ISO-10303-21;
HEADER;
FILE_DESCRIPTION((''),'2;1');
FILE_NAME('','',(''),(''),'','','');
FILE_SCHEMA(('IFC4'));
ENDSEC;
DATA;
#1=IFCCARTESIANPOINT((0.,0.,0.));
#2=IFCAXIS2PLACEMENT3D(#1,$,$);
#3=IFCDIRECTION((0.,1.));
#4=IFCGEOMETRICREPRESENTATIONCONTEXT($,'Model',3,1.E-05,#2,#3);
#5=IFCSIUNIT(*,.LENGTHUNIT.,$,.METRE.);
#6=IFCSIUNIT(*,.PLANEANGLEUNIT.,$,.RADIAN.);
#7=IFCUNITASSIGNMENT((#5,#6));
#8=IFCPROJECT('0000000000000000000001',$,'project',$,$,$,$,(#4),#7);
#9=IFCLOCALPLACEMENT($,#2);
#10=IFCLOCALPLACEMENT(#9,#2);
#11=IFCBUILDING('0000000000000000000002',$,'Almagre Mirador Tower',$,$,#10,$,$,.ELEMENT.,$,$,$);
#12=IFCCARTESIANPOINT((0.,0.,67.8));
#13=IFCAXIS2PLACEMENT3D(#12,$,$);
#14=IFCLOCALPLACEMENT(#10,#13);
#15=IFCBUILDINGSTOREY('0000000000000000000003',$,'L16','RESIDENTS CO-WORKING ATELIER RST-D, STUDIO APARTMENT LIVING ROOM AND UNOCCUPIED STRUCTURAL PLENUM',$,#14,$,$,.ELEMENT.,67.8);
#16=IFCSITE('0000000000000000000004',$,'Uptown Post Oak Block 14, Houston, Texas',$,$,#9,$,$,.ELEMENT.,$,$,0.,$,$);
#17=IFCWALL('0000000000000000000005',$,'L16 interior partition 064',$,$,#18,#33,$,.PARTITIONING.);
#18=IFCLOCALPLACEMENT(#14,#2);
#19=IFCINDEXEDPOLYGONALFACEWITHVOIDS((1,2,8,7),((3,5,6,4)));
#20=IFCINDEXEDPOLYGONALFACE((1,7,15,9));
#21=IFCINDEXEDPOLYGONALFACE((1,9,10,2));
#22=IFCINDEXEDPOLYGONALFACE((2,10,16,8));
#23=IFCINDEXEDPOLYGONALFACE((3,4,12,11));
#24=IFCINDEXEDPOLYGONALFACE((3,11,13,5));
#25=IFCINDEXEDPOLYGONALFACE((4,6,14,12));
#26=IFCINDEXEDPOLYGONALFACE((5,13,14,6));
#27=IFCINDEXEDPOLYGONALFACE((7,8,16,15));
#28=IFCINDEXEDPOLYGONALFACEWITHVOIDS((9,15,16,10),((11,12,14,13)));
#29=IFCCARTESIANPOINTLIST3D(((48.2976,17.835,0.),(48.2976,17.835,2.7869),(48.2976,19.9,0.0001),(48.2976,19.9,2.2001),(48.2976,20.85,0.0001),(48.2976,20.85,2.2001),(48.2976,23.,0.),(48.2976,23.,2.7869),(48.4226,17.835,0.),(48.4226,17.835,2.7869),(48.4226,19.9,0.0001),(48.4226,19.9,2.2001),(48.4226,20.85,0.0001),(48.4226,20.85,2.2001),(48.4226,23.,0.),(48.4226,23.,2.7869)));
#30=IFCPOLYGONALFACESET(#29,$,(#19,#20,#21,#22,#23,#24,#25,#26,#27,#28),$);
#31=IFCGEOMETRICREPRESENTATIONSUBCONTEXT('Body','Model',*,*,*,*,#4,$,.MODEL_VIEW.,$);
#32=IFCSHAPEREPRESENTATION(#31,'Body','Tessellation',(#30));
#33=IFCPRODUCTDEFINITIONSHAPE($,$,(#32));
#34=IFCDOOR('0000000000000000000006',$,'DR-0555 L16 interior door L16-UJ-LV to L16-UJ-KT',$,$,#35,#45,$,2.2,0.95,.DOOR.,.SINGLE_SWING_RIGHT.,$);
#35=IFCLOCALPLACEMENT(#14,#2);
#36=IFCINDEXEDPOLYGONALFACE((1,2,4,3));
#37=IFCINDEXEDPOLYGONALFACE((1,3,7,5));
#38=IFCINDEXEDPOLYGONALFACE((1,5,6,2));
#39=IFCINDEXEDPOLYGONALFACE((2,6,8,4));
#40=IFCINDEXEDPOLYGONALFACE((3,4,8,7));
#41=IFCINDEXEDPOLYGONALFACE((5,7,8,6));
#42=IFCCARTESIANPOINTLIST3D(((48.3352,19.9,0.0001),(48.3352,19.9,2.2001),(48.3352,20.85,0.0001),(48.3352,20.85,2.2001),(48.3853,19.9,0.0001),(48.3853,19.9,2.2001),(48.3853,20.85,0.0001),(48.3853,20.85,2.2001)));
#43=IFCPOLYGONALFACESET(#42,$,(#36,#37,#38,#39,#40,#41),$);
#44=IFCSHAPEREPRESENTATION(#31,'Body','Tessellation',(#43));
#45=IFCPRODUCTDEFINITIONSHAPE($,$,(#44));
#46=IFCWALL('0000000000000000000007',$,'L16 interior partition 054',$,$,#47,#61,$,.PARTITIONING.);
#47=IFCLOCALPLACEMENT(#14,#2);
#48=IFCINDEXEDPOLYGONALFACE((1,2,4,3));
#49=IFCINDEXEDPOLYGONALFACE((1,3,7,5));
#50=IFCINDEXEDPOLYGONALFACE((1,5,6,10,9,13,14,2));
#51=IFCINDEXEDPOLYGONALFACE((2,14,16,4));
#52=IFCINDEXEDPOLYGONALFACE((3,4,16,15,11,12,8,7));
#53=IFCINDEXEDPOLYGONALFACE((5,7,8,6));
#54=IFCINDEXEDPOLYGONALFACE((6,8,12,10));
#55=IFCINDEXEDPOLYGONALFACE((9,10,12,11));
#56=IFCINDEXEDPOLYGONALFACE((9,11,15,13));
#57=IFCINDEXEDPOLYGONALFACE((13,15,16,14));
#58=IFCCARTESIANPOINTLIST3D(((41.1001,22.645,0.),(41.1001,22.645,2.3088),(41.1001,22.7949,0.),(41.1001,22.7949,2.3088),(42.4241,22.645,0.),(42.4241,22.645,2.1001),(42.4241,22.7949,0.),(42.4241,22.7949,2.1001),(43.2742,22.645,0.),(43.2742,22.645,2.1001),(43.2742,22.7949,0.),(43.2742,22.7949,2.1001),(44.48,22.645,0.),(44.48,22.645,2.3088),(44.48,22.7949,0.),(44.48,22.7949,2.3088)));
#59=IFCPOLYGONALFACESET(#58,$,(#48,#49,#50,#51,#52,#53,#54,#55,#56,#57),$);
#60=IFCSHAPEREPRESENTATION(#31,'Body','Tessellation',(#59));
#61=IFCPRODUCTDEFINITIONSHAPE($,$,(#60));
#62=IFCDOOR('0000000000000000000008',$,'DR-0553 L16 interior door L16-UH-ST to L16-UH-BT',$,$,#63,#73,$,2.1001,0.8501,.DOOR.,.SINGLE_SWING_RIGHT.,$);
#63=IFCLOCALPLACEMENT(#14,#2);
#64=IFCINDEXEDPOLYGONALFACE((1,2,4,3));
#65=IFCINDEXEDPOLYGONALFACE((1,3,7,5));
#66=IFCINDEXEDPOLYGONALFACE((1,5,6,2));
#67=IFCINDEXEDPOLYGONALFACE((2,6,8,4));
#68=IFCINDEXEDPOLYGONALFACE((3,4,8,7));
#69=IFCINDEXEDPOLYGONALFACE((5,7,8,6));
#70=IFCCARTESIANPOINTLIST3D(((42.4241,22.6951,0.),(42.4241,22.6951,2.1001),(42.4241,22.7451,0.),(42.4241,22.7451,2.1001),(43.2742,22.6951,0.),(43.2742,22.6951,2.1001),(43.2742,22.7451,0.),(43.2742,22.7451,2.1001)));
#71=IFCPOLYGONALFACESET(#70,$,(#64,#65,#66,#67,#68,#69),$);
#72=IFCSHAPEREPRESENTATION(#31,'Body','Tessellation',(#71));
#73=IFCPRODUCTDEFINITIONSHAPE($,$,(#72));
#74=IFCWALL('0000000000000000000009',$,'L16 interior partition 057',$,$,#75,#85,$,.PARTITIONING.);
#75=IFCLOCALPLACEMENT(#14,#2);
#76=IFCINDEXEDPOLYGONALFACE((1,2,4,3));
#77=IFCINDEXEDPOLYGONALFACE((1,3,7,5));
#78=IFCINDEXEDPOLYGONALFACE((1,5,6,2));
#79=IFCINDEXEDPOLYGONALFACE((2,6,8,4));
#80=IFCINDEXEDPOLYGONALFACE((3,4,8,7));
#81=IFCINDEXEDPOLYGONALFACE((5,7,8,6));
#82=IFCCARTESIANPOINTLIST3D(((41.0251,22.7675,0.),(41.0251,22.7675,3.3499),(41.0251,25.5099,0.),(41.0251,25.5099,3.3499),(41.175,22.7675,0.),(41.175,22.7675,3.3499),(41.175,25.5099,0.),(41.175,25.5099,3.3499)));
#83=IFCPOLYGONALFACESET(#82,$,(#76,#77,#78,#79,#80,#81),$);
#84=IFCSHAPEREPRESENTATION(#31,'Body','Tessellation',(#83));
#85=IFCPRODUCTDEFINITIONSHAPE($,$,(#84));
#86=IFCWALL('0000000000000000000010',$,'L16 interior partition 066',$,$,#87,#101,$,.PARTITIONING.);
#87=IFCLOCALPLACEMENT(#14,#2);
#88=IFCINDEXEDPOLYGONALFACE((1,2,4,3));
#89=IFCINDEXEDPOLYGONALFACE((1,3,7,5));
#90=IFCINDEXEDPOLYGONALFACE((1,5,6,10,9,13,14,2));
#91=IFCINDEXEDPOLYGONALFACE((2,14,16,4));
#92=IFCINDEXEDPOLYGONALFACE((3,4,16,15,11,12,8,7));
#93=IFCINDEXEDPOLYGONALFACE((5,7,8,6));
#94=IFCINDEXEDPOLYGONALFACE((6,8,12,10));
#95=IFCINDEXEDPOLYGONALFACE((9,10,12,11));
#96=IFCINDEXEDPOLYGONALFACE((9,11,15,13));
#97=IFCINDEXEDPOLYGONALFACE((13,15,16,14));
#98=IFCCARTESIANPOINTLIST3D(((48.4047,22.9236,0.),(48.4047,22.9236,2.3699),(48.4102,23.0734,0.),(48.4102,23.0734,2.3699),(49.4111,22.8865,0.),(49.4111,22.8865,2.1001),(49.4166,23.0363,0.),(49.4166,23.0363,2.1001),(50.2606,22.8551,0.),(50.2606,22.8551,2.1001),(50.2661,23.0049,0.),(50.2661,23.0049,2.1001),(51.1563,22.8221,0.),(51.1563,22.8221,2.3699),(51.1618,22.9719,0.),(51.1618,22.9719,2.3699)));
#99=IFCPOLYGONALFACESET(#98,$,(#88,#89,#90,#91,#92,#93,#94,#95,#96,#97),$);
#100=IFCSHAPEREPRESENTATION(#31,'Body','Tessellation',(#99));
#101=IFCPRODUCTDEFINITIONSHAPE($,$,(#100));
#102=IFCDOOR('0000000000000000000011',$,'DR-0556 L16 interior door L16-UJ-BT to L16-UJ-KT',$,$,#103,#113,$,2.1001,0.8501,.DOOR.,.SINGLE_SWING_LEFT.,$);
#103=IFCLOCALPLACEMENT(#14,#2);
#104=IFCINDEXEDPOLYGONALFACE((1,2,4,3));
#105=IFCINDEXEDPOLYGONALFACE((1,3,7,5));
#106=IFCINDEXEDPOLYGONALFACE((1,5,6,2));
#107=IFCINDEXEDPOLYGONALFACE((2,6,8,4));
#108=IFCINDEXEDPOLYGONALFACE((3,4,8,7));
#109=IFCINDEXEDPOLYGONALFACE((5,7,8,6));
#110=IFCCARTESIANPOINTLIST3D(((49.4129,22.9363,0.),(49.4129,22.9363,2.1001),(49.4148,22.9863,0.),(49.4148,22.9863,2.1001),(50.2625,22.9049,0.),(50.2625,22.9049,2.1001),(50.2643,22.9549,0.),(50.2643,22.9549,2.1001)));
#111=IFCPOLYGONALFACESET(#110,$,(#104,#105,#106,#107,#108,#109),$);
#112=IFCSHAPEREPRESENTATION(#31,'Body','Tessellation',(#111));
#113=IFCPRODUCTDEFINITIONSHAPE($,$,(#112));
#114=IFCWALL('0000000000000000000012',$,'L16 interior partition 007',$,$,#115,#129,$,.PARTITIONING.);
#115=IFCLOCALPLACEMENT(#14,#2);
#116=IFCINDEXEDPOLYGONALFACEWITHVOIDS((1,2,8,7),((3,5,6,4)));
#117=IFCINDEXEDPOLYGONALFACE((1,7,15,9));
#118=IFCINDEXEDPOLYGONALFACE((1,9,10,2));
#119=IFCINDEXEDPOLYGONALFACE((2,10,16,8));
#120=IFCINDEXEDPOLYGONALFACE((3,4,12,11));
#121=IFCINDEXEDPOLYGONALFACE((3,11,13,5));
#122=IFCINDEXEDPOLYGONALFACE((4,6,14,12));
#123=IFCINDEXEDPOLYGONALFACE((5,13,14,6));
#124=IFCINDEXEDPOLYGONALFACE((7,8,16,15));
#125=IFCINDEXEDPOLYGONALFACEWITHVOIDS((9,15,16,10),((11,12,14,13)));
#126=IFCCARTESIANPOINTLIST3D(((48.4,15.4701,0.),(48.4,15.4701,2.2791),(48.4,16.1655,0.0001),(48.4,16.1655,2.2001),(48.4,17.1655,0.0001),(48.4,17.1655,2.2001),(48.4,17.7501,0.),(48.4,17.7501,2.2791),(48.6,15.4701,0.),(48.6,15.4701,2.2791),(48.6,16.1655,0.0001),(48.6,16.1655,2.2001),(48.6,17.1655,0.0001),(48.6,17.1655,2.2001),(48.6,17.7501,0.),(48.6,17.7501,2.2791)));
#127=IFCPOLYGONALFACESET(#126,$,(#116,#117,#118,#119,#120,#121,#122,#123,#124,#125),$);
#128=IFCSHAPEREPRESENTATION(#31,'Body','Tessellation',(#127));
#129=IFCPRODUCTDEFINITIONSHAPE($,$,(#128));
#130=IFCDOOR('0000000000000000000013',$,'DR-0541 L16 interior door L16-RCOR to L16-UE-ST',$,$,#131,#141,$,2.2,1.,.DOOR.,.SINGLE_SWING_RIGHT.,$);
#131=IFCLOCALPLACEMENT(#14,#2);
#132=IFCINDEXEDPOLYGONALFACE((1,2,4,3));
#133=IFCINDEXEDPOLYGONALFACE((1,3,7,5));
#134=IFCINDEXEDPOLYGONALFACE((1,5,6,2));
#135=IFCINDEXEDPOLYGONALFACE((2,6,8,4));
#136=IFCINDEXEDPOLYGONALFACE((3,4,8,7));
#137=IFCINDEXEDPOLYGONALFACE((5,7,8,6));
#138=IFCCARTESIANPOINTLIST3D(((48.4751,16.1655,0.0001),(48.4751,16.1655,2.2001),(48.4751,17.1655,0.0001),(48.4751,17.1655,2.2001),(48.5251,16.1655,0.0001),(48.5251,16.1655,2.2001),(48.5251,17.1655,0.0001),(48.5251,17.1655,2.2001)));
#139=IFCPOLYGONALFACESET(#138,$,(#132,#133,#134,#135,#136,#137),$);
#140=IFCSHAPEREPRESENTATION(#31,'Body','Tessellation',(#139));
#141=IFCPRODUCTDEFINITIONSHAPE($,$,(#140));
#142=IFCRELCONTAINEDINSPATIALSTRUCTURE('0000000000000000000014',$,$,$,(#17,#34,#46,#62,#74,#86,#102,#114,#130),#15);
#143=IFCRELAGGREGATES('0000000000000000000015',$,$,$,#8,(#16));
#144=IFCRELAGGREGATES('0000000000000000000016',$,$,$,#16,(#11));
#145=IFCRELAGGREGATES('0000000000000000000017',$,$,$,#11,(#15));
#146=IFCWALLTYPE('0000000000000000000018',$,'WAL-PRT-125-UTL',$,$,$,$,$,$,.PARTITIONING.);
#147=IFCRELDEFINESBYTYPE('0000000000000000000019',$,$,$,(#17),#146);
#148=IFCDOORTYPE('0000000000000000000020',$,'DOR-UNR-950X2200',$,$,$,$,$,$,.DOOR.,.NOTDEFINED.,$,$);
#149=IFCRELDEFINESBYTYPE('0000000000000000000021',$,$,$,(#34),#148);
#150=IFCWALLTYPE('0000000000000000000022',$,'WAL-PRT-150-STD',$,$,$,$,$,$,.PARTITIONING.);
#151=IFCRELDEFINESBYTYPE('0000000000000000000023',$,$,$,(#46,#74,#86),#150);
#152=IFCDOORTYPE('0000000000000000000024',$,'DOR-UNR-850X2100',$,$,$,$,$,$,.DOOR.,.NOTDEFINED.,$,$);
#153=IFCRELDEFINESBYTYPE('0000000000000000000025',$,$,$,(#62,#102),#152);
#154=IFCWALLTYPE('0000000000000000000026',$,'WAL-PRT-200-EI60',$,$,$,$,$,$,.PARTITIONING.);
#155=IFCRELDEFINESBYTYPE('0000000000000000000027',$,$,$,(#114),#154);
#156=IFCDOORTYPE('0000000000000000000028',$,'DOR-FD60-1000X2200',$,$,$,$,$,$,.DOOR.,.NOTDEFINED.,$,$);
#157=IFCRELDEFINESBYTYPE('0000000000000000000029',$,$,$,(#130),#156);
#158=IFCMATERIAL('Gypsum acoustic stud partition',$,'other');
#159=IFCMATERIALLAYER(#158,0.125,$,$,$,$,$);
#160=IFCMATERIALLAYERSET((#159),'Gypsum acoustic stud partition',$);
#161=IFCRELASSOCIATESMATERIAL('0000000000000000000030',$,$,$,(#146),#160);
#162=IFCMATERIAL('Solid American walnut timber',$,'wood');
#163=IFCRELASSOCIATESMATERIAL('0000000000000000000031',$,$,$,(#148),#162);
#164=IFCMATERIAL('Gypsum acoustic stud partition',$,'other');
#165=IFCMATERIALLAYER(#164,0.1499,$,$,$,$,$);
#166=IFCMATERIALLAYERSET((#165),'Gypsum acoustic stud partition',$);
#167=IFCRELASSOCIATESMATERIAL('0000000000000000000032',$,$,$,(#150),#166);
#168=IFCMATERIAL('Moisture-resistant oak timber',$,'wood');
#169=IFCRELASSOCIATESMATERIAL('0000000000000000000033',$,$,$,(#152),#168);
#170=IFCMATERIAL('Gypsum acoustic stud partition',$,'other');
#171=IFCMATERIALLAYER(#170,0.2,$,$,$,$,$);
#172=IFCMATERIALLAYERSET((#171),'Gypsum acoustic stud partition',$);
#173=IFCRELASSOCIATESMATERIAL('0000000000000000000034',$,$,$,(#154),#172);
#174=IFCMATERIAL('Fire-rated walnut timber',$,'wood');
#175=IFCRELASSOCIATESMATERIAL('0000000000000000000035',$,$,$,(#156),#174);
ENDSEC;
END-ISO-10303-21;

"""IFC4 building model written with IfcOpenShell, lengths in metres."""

from ifc_helpers import new_model, si_unit, direction, frame, frame_2d, origin, place, context, subcontext, project, spatial, rectangle, extrude, material, layer, layer_set, type_object, element, fill, save


model = new_model("IFC4")

# Units and contexts
model_context = context("Model", 3, precision=1e-05, world=origin(), true_north=direction((0.0, 1.0)))
body_context = subcontext(model_context, "Body", "Model", "MODEL_VIEW")
ifc_project = project(units=[si_unit("LENGTHUNIT", "METRE"), si_unit("PLANEANGLEUNIT", "RADIAN")], contexts=[model_context])

# Site, building, storey
site_placement = place(None, origin())
site = spatial("IfcSite", under=ifc_project, at=site_placement, Name="Uptown Post Oak Block 14, Houston, Texas", CompositionType="ELEMENT", RefElevation=0.0)
building_placement = place(site_placement, origin())
building = spatial("IfcBuilding", under=site, at=building_placement, Name="Almagre Mirador Tower", CompositionType="ELEMENT")
storey_placement = place(building_placement, frame((0.0, 0.0, 67.8)))
storey = spatial("IfcBuildingStorey", under=building, at=storey_placement, Name="L16", Description="RESIDENTS CO-WORKING ATELIER RST-D, STUDIO APARTMENT LIVING ROOM AND UNOCCUPIED STRUCTURAL PLENUM", CompositionType="ELEMENT", Elevation=67.8)

# Walls, openings, doors
ifc_material_1 = material(Name="Gypsum acoustic stud partition", Category="other")
ifc_layer_1 = layer(ifc_material_1, 0.125)
ifc_layer_set_1 = layer_set([ifc_layer_1], Name="Gypsum acoustic stud partition")
wall_type_1 = type_object("IfcWallType", Name="WAL-PRT-125-UTL", PredefinedType="PARTITIONING", material=ifc_layer_set_1)
ifc_material_2 = material(Name="Solid American walnut timber", Category="wood")
door_type_1 = type_object("IfcDoorType", Name="DOR-UNR-950X2200", OperationType="NOTDEFINED", PredefinedType="DOOR", material=ifc_material_2)
wall_1_placement = place(storey_placement, frame((48.3601, 17.835, 0.0), z_axis=(0.0, 0.0, 1.0), x_axis=(0.0, 1.0, 0.0)))
wall_1 = element("IfcWall", 1, at=wall_1_placement, inside=storey, type_object=wall_type_1, Name="L16 interior partition 064", PredefinedType="PARTITIONING", context=body_context, shape_type="SweptSolid", body=[
    extrude(rectangle(XDim=5.165, YDim=0.125, at=frame_2d((2.5825, 0.0))), origin(), (0.0, 0.0, 1.0), 2.7869),
])
opening_1_placement = place(wall_1_placement, frame((2.0649, 0.0, 0.0)))
opening_1 = element("IfcOpeningElement", 2, at=opening_1_placement, cuts=wall_1, PredefinedType="OPENING", context=body_context, shape_type="SweptSolid", body=[
    extrude(rectangle(XDim=0.95, YDim=2.2, at=frame_2d((0.4751, 1.1001))), frame((0.0, 0.0725, 0.0), z_axis=(0.0, -1.0, 0.0), x_axis=(1.0, 0.0, 0.0)), (0.0, 0.0, 1.0), 0.145),
])
door_1_placement = place(opening_1_placement, origin())
door_1 = element("IfcDoor", 3, at=door_1_placement, inside=storey, type_object=door_type_1, Name="DR-0555 L16 interior door L16-UJ-LV to L16-UJ-KT", OperationType="SINGLE_SWING_RIGHT", OverallHeight=2.2, OverallWidth=0.95, PredefinedType="DOOR", context=body_context, shape_type="SweptSolid", body=[
    extrude(rectangle(XDim=0.95, YDim=2.2, at=frame_2d((0.4751, 1.1001))), frame((0.0, 0.0249, 0.0), z_axis=(0.0, -1.0, 0.0), x_axis=(1.0, 0.0, 0.0)), (0.0, 0.0, 1.0), 0.05),
])
fill(opening_1, door_1)
ifc_material_3 = material(Name="Gypsum acoustic stud partition", Category="other")
ifc_layer_2 = layer(ifc_material_3, 0.1499)
ifc_layer_set_2 = layer_set([ifc_layer_2], Name="Gypsum acoustic stud partition")
wall_type_2 = type_object("IfcWallType", Name="WAL-PRT-150-STD", PredefinedType="PARTITIONING", material=ifc_layer_set_2)
wall_2_placement = place(storey_placement, frame((44.48, 22.72, 0.0), z_axis=(0.0, 0.0, 1.0), x_axis=(-1.0, 0.0, 0.0)))
wall_2 = element("IfcWall", 4, at=wall_2_placement, inside=storey, type_object=wall_type_2, Name="L16 interior partition 054", PredefinedType="PARTITIONING", context=body_context, shape_type="SweptSolid", body=[
    extrude(rectangle(XDim=3.3799, YDim=0.1499, at=frame_2d((1.6899, 0.0))), origin(), (0.0, 0.0, 1.0), 2.3088),
])
opening_2_placement = place(wall_2_placement, frame((1.2058, 0.0, 0.0)))
opening_2 = element("IfcOpeningElement", 5, at=opening_2_placement, cuts=wall_2, PredefinedType="OPENING", context=body_context, shape_type="SweptSolid", body=[
    extrude(rectangle(XDim=0.8501, YDim=2.1001, at=frame_2d((0.425, 1.05))), frame((0.0, 0.085, 0.0), z_axis=(0.0, -1.0, 0.0), x_axis=(1.0, 0.0, 0.0)), (0.0, 0.0, 1.0), 0.1699),
])
ifc_material_4 = material(Name="Moisture-resistant oak timber", Category="wood")
door_type_2 = type_object("IfcDoorType", Name="DOR-UNR-850X2100", OperationType="NOTDEFINED", PredefinedType="DOOR", material=ifc_material_4)
door_2_placement = place(opening_2_placement, origin())
door_2 = element("IfcDoor", 6, at=door_2_placement, inside=storey, type_object=door_type_2, Name="DR-0553 L16 interior door L16-UH-ST to L16-UH-BT", OperationType="SINGLE_SWING_RIGHT", OverallHeight=2.1001, OverallWidth=0.8501, PredefinedType="DOOR", context=body_context, shape_type="SweptSolid", body=[
    extrude(rectangle(XDim=0.8501, YDim=2.1001, at=frame_2d((0.425, 1.05))), frame((0.0, 0.0249, 0.0), z_axis=(0.0, -1.0, 0.0), x_axis=(1.0, 0.0, 0.0)), (0.0, 0.0, 1.0), 0.05),
])
fill(opening_2, door_2)

# Wall
wall_3_placement = place(storey_placement, frame((41.1001, 22.7676, 0.0), z_axis=(0.0, 0.0, 1.0), x_axis=(0.0, 1.0, 0.0)))
element("IfcWall", 7, at=wall_3_placement, inside=storey, type_object=wall_type_2, Name="L16 interior partition 057", PredefinedType="PARTITIONING", context=body_context, shape_type="SweptSolid", body=[
    extrude(rectangle(XDim=2.7424, YDim=0.1499, at=frame_2d((1.3711, 0.0))), origin(), (0.0, 0.0, 1.0), 3.3499),
])

# Walls, openings, doors
wall_4_placement = place(storey_placement, frame((48.4075, 22.9985, 0.0), z_axis=(0.0, 0.0, 1.0), x_axis=(0.999319, -0.036887, 0.0)))
wall_4 = element("IfcWall", 8, at=wall_4_placement, inside=storey, type_object=wall_type_2, Name="L16 interior partition 066", PredefinedType="PARTITIONING", context=body_context, shape_type="SweptSolid", body=[
    extrude(rectangle(XDim=2.7534, YDim=0.1499, at=frame_2d((1.3767, 0.0))), origin(), (0.0, 0.0, 1.0), 2.3699),
])
opening_3_placement = place(wall_4_placement, frame((1.0071, 0.0, 0.0)))
opening_3 = element("IfcOpeningElement", 9, at=opening_3_placement, cuts=wall_4, PredefinedType="OPENING", context=body_context, shape_type="SweptSolid", body=[
    extrude(rectangle(XDim=0.8501, YDim=2.1001, at=frame_2d((0.425, 1.05))), frame((0.0, 0.085, 0.0), z_axis=(0.0, -1.0, 0.0), x_axis=(1.0, 0.0, 0.0)), (0.0, 0.0, 1.0), 0.1699),
])
door_3_placement = place(opening_3_placement, origin())
door_3 = element("IfcDoor", 10, at=door_3_placement, inside=storey, type_object=door_type_2, Name="DR-0556 L16 interior door L16-UJ-BT to L16-UJ-KT", OperationType="SINGLE_SWING_LEFT", OverallHeight=2.1001, OverallWidth=0.8501, PredefinedType="DOOR", context=body_context, shape_type="SweptSolid", body=[
    extrude(rectangle(XDim=0.8501, YDim=2.1001, at=frame_2d((0.425, 1.05))), frame((0.0, 0.0249, 0.0), z_axis=(0.0, -1.0, 0.0), x_axis=(1.0, 0.0, 0.0)), (0.0, 0.0, 1.0), 0.05),
])
fill(opening_3, door_3)
ifc_material_5 = material(Name="Gypsum acoustic stud partition", Category="other")
ifc_layer_3 = layer(ifc_material_5, 0.2)
ifc_layer_set_3 = layer_set([ifc_layer_3], Name="Gypsum acoustic stud partition")
wall_type_3 = type_object("IfcWallType", Name="WAL-PRT-200-EI60", PredefinedType="PARTITIONING", material=ifc_layer_set_3)
wall_5_placement = place(storey_placement, frame((48.5, 15.47, 0.0), z_axis=(0.0, 0.0, 1.0), x_axis=(0.0, 1.0, 0.0)))
wall_5 = element("IfcWall", 11, at=wall_5_placement, inside=storey, type_object=wall_type_3, Name="L16 interior partition 007", PredefinedType="PARTITIONING", context=body_context, shape_type="SweptSolid", body=[
    extrude(rectangle(XDim=2.28, YDim=0.2, at=frame_2d((1.1401, 0.0))), origin(), (0.0, 0.0, 1.0), 2.2791),
])
opening_4_placement = place(wall_5_placement, frame((0.6956, 0.0, 0.0)))
opening_4 = element("IfcOpeningElement", 12, at=opening_4_placement, cuts=wall_5, PredefinedType="OPENING", context=body_context, shape_type="SweptSolid", body=[
    extrude(rectangle(XDim=1.0, YDim=2.2, at=frame_2d((0.5, 1.1001))), frame((0.0, 0.1101, 0.0), z_axis=(0.0, -1.0, 0.0), x_axis=(1.0, 0.0, 0.0)), (0.0, 0.0, 1.0), 0.22),
])
ifc_material_6 = material(Name="Fire-rated walnut timber", Category="wood")
door_type_3 = type_object("IfcDoorType", Name="DOR-FD60-1000X2200", OperationType="NOTDEFINED", PredefinedType="DOOR", material=ifc_material_6)
door_4_placement = place(opening_4_placement, origin())
door_4 = element("IfcDoor", 13, at=door_4_placement, inside=storey, type_object=door_type_3, Name="DR-0541 L16 interior door L16-RCOR to L16-UE-ST", OperationType="SINGLE_SWING_RIGHT", OverallHeight=2.2, OverallWidth=1.0, PredefinedType="DOOR", context=body_context, shape_type="SweptSolid", body=[
    extrude(rectangle(XDim=1.0, YDim=2.2, at=frame_2d((0.5, 1.1001))), frame((0.0, 0.0249, 0.0), z_axis=(0.0, -1.0, 0.0), x_axis=(1.0, 0.0, 0.0)), (0.0, 0.0, 1.0), 0.05),
])
fill(opening_4, door_4)

save(model, "model.ifc")
